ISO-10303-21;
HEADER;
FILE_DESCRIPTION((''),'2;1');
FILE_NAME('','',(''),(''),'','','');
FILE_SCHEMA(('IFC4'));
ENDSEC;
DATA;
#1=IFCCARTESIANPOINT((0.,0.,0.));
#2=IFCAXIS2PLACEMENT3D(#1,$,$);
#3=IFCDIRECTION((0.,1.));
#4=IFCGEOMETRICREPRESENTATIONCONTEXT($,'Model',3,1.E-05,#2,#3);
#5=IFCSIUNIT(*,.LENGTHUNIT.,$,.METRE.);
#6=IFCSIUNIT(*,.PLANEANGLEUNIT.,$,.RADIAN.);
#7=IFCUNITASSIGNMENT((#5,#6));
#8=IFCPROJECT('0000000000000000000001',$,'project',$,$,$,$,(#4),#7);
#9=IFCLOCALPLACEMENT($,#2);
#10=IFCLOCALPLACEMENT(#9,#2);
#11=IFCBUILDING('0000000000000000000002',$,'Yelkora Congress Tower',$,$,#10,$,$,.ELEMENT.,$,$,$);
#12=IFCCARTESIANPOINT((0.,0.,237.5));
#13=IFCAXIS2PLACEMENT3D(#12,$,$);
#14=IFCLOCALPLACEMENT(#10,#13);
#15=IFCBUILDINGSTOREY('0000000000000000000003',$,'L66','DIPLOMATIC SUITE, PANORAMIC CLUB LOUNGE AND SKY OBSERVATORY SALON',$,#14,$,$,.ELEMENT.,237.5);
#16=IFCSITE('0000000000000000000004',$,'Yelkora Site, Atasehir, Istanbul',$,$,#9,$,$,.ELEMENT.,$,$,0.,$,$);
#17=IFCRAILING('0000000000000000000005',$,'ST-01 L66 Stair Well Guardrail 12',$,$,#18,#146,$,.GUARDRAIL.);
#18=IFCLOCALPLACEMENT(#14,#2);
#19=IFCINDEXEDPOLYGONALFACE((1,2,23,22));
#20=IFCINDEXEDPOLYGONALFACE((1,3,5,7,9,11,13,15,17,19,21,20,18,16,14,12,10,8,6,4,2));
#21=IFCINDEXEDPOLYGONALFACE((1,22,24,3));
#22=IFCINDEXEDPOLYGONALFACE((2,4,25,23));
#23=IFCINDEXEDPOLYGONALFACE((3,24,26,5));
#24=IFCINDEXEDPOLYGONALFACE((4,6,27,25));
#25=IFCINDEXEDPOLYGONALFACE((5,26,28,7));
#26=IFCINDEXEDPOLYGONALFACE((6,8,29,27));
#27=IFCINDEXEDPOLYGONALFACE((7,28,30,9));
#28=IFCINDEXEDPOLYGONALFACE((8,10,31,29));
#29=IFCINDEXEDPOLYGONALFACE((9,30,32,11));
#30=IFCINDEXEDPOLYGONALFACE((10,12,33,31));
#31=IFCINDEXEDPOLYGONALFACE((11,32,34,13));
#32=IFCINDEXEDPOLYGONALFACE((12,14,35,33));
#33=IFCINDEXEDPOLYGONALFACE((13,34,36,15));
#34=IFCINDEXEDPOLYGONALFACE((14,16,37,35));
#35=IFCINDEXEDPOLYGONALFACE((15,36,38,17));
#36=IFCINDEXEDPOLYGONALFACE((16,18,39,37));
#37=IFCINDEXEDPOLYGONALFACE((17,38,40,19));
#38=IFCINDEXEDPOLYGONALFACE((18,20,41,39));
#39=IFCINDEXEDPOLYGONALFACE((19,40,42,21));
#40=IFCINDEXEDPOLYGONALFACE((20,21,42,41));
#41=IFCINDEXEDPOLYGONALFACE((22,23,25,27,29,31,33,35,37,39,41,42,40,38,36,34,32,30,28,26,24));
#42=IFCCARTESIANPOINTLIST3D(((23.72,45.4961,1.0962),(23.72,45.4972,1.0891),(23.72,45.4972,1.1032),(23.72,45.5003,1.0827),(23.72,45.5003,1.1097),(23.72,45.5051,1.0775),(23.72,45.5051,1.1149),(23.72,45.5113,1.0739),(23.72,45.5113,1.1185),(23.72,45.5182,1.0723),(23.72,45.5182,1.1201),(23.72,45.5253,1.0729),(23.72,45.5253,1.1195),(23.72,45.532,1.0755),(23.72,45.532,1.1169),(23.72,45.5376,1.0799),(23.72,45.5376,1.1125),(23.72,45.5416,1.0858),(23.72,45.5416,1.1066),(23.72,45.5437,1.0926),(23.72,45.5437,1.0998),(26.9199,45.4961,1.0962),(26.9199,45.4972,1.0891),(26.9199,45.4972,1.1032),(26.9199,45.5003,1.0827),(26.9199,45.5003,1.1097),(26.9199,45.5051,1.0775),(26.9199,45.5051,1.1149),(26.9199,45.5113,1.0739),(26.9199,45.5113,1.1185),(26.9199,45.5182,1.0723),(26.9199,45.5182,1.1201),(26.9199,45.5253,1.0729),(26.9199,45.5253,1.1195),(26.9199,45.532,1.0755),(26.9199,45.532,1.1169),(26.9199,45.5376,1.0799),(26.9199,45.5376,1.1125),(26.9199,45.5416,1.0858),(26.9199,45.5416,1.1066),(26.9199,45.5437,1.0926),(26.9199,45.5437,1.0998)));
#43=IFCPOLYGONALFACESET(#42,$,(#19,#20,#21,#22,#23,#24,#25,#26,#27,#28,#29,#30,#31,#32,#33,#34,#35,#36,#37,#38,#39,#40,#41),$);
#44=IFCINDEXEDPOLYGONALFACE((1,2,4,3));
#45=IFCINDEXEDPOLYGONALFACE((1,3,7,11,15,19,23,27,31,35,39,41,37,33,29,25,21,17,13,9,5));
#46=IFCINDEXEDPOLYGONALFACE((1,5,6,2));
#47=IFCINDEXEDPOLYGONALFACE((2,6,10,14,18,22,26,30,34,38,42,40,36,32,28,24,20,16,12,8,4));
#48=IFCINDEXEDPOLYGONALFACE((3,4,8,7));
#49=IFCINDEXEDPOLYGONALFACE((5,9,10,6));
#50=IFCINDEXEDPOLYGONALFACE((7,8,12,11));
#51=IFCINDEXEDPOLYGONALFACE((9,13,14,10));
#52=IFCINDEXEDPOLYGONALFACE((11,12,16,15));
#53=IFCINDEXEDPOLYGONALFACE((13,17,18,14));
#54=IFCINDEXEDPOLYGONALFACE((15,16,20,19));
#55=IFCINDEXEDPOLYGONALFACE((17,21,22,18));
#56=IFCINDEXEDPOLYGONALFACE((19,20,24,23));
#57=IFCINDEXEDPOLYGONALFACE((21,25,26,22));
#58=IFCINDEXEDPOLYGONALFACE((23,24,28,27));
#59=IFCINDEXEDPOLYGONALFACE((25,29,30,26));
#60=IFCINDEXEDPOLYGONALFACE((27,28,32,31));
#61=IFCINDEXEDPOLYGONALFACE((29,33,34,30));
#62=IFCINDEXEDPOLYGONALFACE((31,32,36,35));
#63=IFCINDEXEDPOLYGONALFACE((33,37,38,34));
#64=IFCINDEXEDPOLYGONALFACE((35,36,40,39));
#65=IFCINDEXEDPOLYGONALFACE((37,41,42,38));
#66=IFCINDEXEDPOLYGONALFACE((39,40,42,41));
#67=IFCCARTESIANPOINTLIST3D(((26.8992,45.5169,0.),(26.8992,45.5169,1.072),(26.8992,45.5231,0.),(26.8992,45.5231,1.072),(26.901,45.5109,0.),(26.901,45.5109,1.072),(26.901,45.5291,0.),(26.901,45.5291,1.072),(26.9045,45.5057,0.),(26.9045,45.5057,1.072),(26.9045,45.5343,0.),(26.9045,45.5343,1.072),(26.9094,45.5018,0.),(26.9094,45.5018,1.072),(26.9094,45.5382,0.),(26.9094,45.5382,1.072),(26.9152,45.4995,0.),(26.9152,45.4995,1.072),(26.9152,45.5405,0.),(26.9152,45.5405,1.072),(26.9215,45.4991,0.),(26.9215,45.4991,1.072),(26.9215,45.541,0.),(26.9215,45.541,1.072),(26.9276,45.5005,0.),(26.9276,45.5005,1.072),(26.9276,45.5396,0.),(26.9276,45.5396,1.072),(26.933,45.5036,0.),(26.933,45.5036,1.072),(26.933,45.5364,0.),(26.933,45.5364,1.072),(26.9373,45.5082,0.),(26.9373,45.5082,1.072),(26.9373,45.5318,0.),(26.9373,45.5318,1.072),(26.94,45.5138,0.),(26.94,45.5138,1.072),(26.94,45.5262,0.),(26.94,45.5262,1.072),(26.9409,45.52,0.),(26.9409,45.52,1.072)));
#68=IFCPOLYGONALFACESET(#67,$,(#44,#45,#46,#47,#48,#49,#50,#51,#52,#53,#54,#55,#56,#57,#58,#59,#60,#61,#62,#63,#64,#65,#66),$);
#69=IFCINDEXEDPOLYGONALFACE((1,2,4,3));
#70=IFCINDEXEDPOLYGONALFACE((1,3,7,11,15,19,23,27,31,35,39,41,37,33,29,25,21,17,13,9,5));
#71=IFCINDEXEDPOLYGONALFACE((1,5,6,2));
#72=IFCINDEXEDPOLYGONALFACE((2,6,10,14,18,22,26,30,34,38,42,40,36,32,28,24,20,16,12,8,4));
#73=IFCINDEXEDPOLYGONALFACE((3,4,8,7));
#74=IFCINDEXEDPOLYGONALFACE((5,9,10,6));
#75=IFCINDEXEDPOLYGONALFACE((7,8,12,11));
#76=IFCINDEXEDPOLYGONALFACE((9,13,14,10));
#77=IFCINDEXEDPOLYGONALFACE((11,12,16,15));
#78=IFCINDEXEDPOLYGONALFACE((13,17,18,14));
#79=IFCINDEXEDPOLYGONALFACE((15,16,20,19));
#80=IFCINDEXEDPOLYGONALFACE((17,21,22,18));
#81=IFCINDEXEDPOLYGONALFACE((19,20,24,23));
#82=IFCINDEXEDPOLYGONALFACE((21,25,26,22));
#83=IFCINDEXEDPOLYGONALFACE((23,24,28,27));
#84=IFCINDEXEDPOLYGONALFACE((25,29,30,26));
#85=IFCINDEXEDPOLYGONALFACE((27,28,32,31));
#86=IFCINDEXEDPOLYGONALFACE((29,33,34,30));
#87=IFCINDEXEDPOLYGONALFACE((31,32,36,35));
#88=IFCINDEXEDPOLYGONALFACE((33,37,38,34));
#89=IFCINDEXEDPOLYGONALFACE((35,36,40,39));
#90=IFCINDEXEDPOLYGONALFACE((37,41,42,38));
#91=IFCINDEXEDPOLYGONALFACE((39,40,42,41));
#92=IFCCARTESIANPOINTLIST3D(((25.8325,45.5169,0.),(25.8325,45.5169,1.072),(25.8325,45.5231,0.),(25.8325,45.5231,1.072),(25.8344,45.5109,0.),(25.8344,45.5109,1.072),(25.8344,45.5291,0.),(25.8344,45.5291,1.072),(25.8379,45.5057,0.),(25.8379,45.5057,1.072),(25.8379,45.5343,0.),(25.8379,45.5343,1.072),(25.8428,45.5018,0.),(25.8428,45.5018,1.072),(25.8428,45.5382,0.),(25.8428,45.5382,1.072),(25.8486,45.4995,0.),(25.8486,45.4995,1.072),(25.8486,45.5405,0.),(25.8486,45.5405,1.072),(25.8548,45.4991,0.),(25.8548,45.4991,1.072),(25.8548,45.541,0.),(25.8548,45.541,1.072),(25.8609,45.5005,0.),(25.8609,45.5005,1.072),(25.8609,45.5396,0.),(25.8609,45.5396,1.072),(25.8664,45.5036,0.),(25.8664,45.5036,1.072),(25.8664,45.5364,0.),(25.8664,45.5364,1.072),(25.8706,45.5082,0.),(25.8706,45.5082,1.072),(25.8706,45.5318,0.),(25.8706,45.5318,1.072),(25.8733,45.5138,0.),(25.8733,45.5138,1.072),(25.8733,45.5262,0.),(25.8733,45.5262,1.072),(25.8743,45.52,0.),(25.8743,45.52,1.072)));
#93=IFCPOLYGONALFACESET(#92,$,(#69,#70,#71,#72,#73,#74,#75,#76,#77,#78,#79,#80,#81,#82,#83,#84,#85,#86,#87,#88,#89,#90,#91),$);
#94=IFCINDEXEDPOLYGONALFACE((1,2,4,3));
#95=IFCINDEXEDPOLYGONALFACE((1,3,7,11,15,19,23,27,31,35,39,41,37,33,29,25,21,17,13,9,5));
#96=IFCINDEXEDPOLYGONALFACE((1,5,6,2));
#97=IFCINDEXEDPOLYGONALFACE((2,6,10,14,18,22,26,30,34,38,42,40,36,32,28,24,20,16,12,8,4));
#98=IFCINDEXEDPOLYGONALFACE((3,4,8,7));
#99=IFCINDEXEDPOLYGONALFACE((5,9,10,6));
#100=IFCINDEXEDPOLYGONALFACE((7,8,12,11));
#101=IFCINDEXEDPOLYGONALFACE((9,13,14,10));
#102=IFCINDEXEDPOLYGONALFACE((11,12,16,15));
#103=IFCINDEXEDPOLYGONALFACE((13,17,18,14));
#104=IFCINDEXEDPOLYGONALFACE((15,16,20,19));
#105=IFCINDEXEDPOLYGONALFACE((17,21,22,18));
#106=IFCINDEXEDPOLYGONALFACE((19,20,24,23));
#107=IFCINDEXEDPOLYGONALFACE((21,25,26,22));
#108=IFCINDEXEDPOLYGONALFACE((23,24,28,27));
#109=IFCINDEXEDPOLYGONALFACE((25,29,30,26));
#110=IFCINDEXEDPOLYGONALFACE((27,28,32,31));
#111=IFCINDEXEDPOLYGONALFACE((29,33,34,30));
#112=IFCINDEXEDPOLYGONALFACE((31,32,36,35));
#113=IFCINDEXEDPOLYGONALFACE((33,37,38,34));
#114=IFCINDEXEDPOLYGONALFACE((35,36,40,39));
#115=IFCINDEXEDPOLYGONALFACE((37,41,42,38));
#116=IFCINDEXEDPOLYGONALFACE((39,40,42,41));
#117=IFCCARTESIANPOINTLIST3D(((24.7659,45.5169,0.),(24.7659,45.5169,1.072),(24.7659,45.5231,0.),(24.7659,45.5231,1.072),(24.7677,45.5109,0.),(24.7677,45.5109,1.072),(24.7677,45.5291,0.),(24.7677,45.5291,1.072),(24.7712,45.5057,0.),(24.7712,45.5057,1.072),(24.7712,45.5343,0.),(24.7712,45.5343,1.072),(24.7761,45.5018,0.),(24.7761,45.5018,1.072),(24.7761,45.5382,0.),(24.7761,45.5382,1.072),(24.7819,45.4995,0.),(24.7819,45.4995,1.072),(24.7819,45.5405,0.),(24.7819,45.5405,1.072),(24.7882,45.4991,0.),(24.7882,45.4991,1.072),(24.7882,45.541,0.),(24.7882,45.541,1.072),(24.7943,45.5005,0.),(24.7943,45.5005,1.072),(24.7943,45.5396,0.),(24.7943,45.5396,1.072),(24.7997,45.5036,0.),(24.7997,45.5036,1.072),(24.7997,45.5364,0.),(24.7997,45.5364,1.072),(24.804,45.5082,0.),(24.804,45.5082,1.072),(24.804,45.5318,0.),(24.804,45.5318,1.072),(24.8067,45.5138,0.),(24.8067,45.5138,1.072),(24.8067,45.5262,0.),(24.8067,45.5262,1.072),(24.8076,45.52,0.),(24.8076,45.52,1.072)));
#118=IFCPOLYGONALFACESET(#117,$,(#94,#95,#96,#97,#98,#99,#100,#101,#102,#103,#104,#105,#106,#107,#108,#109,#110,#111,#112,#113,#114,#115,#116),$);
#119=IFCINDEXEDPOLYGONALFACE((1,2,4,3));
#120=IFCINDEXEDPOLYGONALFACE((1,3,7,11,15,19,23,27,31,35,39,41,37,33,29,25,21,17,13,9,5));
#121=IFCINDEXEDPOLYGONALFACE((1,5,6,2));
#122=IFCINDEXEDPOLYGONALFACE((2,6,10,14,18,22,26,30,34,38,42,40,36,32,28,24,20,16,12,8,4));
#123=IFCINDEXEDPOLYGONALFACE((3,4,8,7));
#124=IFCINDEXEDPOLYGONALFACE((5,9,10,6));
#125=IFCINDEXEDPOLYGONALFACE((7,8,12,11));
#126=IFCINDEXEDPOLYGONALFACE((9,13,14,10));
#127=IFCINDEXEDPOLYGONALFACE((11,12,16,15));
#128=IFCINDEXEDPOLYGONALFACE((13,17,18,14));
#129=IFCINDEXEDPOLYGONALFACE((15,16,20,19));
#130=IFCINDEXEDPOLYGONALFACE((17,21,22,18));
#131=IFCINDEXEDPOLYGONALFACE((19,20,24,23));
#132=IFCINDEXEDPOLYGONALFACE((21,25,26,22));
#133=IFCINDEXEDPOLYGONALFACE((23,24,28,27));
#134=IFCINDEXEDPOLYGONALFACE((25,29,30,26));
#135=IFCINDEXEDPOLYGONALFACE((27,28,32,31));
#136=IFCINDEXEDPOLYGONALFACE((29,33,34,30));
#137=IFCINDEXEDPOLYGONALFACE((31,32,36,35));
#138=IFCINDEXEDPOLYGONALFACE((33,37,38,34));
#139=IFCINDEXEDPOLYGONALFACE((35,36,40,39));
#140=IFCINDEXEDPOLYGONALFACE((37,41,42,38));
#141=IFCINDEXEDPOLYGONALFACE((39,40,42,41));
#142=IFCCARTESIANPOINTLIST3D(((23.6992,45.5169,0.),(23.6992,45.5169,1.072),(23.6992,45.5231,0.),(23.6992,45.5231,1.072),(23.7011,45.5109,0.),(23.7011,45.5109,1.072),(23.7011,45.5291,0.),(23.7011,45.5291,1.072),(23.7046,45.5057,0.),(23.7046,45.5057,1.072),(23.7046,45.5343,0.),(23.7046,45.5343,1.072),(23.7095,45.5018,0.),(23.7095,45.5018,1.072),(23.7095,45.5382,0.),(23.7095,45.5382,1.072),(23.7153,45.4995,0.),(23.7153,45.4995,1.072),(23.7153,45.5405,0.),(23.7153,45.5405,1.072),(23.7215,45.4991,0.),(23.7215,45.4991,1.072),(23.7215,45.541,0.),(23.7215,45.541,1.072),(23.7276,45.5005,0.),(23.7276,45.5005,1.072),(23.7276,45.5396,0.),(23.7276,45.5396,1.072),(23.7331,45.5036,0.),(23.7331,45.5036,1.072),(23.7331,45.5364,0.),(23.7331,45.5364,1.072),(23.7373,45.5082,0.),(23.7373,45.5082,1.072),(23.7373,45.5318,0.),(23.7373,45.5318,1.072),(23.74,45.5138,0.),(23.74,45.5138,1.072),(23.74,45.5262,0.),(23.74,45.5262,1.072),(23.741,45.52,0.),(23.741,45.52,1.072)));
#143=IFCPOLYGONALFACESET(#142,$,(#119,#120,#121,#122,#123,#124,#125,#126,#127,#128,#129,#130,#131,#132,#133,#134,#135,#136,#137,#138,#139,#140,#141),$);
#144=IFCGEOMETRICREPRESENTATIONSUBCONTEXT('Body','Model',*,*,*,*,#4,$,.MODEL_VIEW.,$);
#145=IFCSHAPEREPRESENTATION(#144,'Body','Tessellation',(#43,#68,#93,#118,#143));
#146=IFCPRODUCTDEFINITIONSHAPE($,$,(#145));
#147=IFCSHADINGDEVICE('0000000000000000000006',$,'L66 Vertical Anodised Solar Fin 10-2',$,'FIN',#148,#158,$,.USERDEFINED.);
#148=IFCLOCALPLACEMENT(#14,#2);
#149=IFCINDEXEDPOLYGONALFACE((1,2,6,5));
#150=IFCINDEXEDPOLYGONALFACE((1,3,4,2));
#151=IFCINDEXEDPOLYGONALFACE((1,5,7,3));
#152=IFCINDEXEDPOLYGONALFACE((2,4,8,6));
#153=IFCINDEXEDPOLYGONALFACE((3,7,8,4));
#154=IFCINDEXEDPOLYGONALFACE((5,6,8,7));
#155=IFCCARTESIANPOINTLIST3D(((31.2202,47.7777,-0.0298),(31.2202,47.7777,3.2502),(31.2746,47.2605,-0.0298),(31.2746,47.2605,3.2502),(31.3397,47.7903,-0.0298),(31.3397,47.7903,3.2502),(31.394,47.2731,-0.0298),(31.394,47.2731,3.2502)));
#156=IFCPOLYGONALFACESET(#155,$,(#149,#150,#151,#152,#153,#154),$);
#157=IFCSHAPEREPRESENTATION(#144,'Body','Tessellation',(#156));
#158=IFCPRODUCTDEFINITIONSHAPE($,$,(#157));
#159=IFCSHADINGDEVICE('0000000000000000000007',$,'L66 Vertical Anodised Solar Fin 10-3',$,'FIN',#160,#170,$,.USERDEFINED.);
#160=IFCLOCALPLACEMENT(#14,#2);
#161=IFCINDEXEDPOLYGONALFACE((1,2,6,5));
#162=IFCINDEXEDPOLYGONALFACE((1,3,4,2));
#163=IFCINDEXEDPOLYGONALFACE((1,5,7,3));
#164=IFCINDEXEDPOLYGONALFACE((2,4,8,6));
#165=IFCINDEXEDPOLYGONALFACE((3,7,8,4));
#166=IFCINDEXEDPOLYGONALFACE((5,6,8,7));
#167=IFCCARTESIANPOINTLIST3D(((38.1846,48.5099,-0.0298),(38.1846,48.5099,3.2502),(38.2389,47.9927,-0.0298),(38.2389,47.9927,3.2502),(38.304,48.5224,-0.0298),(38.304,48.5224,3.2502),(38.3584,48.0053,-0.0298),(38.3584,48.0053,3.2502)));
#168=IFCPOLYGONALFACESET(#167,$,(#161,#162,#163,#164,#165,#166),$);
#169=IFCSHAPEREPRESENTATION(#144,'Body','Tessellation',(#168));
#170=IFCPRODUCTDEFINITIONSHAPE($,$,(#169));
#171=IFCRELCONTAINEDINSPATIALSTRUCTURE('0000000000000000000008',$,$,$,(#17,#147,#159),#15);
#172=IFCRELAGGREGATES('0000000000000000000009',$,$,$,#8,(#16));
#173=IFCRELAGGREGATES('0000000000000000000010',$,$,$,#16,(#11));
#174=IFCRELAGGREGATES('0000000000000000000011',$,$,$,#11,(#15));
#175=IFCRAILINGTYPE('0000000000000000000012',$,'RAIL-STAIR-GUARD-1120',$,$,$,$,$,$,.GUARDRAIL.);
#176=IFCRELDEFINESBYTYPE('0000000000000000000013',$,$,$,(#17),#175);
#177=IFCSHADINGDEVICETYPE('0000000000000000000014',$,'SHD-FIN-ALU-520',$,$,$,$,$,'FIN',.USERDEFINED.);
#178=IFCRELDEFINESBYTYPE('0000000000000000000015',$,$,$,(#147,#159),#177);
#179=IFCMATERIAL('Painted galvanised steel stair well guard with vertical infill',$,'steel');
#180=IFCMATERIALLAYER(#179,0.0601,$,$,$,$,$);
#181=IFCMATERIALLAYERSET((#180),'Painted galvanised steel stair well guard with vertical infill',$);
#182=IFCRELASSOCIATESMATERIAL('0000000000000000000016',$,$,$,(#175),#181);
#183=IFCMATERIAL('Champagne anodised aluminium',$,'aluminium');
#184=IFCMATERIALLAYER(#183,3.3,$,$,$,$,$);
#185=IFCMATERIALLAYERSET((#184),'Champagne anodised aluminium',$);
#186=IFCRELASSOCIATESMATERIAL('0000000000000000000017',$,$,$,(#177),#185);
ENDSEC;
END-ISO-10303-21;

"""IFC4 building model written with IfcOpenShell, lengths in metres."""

from ifc_helpers import new_model, si_unit, direction, frame, origin, origin_2d, place, context, subcontext, project, spatial, rectangle, circle, extrude, material, layer, layer_set, type_object, element, save


model = new_model("IFC4")

# Units and contexts
model_context = context("Model", 3, precision=1e-05, world=origin(), true_north=direction((0.0, 1.0)))
body_context = subcontext(model_context, "Body", "Model", "MODEL_VIEW")
ifc_project = project(units=[si_unit("LENGTHUNIT", "METRE"), si_unit("PLANEANGLEUNIT", "RADIAN")], contexts=[model_context])

# Site, building, storey
site_placement = place(None, origin())
site = spatial("IfcSite", under=ifc_project, at=site_placement, Name="Yelkora Site, Atasehir, Istanbul", CompositionType="ELEMENT", RefElevation=0.0)
building_placement = place(site_placement, origin())
building = spatial("IfcBuilding", under=site, at=building_placement, Name="Yelkora Congress Tower", CompositionType="ELEMENT")
storey_placement = place(building_placement, frame((0.0, 0.0, 237.5)))
storey = spatial("IfcBuildingStorey", under=building, at=storey_placement, Name="L66", Description="DIPLOMATIC SUITE, PANORAMIC CLUB LOUNGE AND SKY OBSERVATORY SALON", CompositionType="ELEMENT", Elevation=237.5)

# Railing
ifc_material_1 = material(Name="Painted galvanised steel stair well guard with vertical infill", Category="steel")
ifc_layer_1 = layer(ifc_material_1, 0.0601)
ifc_layer_set_1 = layer_set([ifc_layer_1], Name="Painted galvanised steel stair well guard with vertical infill")
railing_type = type_object("IfcRailingType", Name="RAIL-STAIR-GUARD-1120", PredefinedType="GUARDRAIL", material=ifc_layer_set_1)
railing_1_placement = place(storey_placement, frame((26.9199, 45.52, 0.0)))
element("IfcRailing", 1, at=railing_1_placement, inside=storey, type_object=railing_type, Name="ST-01 L66 Stair Well Guardrail 12", PredefinedType="GUARDRAIL", context=body_context, shape_type="SweptSolid", body=[
    extrude(circle(Radius=0.0239, at=origin_2d()), frame((0.0, 0.0, 1.0962), z_axis=(-1.0, 0.0, 0.0), x_axis=(0.0, -1.0, 0.0)), (0.0, 0.0, 1.0), 3.2),
    extrude(circle(Radius=0.021, at=origin_2d()), origin(), (0.0, 0.0, 1.0), 1.072),
    extrude(circle(Radius=0.021, at=origin_2d()), frame((-1.0667, 0.0, 0.0)), (0.0, 0.0, 1.0), 1.072),
    extrude(circle(Radius=0.021, at=origin_2d()), frame((-2.1333, 0.0, 0.0)), (0.0, 0.0, 1.0), 1.072),
    extrude(circle(Radius=0.021, at=origin_2d()), frame((-3.2, 0.0, 0.0)), (0.0, 0.0, 1.0), 1.072),
])

# Shading devices
ifc_material_2 = material(Name="Champagne anodised aluminium", Category="aluminium")
ifc_layer_2 = layer(ifc_material_2, 3.3)
ifc_layer_set_2 = layer_set([ifc_layer_2], Name="Champagne anodised aluminium")
shading_device_type = type_object("IfcShadingDeviceType", Name="SHD-FIN-ALU-520", ElementType="FIN", PredefinedType="USERDEFINED", material=ifc_layer_set_2)
for number, where, z_axis, x_axis, name in (
    (2, (31.3071, 47.5254, -0.0298), (0.0, 0.0, 1.0), (0.994522, 0.104528, 0.0), "L66 Vertical Anodised Solar Fin 10-2"),
    (3, (38.2715, 48.2576, -0.0298), (0.0, 0.0, 1.0), (0.994522, 0.104528, 0.0), "L66 Vertical Anodised Solar Fin 10-3"),
):
    element("IfcShadingDevice", number, at=place(storey_placement, frame(where, z_axis=z_axis, x_axis=x_axis)), inside=storey, type_object=shading_device_type, Name=name, ObjectType="FIN", PredefinedType="USERDEFINED", context=body_context, shape_type="SweptSolid", body=[
        extrude(rectangle(XDim=0.1201, YDim=0.52, at=origin_2d()), origin(), (0.0, 0.0, 1.0), 3.28),
    ])

save(model, "model.ifc")
